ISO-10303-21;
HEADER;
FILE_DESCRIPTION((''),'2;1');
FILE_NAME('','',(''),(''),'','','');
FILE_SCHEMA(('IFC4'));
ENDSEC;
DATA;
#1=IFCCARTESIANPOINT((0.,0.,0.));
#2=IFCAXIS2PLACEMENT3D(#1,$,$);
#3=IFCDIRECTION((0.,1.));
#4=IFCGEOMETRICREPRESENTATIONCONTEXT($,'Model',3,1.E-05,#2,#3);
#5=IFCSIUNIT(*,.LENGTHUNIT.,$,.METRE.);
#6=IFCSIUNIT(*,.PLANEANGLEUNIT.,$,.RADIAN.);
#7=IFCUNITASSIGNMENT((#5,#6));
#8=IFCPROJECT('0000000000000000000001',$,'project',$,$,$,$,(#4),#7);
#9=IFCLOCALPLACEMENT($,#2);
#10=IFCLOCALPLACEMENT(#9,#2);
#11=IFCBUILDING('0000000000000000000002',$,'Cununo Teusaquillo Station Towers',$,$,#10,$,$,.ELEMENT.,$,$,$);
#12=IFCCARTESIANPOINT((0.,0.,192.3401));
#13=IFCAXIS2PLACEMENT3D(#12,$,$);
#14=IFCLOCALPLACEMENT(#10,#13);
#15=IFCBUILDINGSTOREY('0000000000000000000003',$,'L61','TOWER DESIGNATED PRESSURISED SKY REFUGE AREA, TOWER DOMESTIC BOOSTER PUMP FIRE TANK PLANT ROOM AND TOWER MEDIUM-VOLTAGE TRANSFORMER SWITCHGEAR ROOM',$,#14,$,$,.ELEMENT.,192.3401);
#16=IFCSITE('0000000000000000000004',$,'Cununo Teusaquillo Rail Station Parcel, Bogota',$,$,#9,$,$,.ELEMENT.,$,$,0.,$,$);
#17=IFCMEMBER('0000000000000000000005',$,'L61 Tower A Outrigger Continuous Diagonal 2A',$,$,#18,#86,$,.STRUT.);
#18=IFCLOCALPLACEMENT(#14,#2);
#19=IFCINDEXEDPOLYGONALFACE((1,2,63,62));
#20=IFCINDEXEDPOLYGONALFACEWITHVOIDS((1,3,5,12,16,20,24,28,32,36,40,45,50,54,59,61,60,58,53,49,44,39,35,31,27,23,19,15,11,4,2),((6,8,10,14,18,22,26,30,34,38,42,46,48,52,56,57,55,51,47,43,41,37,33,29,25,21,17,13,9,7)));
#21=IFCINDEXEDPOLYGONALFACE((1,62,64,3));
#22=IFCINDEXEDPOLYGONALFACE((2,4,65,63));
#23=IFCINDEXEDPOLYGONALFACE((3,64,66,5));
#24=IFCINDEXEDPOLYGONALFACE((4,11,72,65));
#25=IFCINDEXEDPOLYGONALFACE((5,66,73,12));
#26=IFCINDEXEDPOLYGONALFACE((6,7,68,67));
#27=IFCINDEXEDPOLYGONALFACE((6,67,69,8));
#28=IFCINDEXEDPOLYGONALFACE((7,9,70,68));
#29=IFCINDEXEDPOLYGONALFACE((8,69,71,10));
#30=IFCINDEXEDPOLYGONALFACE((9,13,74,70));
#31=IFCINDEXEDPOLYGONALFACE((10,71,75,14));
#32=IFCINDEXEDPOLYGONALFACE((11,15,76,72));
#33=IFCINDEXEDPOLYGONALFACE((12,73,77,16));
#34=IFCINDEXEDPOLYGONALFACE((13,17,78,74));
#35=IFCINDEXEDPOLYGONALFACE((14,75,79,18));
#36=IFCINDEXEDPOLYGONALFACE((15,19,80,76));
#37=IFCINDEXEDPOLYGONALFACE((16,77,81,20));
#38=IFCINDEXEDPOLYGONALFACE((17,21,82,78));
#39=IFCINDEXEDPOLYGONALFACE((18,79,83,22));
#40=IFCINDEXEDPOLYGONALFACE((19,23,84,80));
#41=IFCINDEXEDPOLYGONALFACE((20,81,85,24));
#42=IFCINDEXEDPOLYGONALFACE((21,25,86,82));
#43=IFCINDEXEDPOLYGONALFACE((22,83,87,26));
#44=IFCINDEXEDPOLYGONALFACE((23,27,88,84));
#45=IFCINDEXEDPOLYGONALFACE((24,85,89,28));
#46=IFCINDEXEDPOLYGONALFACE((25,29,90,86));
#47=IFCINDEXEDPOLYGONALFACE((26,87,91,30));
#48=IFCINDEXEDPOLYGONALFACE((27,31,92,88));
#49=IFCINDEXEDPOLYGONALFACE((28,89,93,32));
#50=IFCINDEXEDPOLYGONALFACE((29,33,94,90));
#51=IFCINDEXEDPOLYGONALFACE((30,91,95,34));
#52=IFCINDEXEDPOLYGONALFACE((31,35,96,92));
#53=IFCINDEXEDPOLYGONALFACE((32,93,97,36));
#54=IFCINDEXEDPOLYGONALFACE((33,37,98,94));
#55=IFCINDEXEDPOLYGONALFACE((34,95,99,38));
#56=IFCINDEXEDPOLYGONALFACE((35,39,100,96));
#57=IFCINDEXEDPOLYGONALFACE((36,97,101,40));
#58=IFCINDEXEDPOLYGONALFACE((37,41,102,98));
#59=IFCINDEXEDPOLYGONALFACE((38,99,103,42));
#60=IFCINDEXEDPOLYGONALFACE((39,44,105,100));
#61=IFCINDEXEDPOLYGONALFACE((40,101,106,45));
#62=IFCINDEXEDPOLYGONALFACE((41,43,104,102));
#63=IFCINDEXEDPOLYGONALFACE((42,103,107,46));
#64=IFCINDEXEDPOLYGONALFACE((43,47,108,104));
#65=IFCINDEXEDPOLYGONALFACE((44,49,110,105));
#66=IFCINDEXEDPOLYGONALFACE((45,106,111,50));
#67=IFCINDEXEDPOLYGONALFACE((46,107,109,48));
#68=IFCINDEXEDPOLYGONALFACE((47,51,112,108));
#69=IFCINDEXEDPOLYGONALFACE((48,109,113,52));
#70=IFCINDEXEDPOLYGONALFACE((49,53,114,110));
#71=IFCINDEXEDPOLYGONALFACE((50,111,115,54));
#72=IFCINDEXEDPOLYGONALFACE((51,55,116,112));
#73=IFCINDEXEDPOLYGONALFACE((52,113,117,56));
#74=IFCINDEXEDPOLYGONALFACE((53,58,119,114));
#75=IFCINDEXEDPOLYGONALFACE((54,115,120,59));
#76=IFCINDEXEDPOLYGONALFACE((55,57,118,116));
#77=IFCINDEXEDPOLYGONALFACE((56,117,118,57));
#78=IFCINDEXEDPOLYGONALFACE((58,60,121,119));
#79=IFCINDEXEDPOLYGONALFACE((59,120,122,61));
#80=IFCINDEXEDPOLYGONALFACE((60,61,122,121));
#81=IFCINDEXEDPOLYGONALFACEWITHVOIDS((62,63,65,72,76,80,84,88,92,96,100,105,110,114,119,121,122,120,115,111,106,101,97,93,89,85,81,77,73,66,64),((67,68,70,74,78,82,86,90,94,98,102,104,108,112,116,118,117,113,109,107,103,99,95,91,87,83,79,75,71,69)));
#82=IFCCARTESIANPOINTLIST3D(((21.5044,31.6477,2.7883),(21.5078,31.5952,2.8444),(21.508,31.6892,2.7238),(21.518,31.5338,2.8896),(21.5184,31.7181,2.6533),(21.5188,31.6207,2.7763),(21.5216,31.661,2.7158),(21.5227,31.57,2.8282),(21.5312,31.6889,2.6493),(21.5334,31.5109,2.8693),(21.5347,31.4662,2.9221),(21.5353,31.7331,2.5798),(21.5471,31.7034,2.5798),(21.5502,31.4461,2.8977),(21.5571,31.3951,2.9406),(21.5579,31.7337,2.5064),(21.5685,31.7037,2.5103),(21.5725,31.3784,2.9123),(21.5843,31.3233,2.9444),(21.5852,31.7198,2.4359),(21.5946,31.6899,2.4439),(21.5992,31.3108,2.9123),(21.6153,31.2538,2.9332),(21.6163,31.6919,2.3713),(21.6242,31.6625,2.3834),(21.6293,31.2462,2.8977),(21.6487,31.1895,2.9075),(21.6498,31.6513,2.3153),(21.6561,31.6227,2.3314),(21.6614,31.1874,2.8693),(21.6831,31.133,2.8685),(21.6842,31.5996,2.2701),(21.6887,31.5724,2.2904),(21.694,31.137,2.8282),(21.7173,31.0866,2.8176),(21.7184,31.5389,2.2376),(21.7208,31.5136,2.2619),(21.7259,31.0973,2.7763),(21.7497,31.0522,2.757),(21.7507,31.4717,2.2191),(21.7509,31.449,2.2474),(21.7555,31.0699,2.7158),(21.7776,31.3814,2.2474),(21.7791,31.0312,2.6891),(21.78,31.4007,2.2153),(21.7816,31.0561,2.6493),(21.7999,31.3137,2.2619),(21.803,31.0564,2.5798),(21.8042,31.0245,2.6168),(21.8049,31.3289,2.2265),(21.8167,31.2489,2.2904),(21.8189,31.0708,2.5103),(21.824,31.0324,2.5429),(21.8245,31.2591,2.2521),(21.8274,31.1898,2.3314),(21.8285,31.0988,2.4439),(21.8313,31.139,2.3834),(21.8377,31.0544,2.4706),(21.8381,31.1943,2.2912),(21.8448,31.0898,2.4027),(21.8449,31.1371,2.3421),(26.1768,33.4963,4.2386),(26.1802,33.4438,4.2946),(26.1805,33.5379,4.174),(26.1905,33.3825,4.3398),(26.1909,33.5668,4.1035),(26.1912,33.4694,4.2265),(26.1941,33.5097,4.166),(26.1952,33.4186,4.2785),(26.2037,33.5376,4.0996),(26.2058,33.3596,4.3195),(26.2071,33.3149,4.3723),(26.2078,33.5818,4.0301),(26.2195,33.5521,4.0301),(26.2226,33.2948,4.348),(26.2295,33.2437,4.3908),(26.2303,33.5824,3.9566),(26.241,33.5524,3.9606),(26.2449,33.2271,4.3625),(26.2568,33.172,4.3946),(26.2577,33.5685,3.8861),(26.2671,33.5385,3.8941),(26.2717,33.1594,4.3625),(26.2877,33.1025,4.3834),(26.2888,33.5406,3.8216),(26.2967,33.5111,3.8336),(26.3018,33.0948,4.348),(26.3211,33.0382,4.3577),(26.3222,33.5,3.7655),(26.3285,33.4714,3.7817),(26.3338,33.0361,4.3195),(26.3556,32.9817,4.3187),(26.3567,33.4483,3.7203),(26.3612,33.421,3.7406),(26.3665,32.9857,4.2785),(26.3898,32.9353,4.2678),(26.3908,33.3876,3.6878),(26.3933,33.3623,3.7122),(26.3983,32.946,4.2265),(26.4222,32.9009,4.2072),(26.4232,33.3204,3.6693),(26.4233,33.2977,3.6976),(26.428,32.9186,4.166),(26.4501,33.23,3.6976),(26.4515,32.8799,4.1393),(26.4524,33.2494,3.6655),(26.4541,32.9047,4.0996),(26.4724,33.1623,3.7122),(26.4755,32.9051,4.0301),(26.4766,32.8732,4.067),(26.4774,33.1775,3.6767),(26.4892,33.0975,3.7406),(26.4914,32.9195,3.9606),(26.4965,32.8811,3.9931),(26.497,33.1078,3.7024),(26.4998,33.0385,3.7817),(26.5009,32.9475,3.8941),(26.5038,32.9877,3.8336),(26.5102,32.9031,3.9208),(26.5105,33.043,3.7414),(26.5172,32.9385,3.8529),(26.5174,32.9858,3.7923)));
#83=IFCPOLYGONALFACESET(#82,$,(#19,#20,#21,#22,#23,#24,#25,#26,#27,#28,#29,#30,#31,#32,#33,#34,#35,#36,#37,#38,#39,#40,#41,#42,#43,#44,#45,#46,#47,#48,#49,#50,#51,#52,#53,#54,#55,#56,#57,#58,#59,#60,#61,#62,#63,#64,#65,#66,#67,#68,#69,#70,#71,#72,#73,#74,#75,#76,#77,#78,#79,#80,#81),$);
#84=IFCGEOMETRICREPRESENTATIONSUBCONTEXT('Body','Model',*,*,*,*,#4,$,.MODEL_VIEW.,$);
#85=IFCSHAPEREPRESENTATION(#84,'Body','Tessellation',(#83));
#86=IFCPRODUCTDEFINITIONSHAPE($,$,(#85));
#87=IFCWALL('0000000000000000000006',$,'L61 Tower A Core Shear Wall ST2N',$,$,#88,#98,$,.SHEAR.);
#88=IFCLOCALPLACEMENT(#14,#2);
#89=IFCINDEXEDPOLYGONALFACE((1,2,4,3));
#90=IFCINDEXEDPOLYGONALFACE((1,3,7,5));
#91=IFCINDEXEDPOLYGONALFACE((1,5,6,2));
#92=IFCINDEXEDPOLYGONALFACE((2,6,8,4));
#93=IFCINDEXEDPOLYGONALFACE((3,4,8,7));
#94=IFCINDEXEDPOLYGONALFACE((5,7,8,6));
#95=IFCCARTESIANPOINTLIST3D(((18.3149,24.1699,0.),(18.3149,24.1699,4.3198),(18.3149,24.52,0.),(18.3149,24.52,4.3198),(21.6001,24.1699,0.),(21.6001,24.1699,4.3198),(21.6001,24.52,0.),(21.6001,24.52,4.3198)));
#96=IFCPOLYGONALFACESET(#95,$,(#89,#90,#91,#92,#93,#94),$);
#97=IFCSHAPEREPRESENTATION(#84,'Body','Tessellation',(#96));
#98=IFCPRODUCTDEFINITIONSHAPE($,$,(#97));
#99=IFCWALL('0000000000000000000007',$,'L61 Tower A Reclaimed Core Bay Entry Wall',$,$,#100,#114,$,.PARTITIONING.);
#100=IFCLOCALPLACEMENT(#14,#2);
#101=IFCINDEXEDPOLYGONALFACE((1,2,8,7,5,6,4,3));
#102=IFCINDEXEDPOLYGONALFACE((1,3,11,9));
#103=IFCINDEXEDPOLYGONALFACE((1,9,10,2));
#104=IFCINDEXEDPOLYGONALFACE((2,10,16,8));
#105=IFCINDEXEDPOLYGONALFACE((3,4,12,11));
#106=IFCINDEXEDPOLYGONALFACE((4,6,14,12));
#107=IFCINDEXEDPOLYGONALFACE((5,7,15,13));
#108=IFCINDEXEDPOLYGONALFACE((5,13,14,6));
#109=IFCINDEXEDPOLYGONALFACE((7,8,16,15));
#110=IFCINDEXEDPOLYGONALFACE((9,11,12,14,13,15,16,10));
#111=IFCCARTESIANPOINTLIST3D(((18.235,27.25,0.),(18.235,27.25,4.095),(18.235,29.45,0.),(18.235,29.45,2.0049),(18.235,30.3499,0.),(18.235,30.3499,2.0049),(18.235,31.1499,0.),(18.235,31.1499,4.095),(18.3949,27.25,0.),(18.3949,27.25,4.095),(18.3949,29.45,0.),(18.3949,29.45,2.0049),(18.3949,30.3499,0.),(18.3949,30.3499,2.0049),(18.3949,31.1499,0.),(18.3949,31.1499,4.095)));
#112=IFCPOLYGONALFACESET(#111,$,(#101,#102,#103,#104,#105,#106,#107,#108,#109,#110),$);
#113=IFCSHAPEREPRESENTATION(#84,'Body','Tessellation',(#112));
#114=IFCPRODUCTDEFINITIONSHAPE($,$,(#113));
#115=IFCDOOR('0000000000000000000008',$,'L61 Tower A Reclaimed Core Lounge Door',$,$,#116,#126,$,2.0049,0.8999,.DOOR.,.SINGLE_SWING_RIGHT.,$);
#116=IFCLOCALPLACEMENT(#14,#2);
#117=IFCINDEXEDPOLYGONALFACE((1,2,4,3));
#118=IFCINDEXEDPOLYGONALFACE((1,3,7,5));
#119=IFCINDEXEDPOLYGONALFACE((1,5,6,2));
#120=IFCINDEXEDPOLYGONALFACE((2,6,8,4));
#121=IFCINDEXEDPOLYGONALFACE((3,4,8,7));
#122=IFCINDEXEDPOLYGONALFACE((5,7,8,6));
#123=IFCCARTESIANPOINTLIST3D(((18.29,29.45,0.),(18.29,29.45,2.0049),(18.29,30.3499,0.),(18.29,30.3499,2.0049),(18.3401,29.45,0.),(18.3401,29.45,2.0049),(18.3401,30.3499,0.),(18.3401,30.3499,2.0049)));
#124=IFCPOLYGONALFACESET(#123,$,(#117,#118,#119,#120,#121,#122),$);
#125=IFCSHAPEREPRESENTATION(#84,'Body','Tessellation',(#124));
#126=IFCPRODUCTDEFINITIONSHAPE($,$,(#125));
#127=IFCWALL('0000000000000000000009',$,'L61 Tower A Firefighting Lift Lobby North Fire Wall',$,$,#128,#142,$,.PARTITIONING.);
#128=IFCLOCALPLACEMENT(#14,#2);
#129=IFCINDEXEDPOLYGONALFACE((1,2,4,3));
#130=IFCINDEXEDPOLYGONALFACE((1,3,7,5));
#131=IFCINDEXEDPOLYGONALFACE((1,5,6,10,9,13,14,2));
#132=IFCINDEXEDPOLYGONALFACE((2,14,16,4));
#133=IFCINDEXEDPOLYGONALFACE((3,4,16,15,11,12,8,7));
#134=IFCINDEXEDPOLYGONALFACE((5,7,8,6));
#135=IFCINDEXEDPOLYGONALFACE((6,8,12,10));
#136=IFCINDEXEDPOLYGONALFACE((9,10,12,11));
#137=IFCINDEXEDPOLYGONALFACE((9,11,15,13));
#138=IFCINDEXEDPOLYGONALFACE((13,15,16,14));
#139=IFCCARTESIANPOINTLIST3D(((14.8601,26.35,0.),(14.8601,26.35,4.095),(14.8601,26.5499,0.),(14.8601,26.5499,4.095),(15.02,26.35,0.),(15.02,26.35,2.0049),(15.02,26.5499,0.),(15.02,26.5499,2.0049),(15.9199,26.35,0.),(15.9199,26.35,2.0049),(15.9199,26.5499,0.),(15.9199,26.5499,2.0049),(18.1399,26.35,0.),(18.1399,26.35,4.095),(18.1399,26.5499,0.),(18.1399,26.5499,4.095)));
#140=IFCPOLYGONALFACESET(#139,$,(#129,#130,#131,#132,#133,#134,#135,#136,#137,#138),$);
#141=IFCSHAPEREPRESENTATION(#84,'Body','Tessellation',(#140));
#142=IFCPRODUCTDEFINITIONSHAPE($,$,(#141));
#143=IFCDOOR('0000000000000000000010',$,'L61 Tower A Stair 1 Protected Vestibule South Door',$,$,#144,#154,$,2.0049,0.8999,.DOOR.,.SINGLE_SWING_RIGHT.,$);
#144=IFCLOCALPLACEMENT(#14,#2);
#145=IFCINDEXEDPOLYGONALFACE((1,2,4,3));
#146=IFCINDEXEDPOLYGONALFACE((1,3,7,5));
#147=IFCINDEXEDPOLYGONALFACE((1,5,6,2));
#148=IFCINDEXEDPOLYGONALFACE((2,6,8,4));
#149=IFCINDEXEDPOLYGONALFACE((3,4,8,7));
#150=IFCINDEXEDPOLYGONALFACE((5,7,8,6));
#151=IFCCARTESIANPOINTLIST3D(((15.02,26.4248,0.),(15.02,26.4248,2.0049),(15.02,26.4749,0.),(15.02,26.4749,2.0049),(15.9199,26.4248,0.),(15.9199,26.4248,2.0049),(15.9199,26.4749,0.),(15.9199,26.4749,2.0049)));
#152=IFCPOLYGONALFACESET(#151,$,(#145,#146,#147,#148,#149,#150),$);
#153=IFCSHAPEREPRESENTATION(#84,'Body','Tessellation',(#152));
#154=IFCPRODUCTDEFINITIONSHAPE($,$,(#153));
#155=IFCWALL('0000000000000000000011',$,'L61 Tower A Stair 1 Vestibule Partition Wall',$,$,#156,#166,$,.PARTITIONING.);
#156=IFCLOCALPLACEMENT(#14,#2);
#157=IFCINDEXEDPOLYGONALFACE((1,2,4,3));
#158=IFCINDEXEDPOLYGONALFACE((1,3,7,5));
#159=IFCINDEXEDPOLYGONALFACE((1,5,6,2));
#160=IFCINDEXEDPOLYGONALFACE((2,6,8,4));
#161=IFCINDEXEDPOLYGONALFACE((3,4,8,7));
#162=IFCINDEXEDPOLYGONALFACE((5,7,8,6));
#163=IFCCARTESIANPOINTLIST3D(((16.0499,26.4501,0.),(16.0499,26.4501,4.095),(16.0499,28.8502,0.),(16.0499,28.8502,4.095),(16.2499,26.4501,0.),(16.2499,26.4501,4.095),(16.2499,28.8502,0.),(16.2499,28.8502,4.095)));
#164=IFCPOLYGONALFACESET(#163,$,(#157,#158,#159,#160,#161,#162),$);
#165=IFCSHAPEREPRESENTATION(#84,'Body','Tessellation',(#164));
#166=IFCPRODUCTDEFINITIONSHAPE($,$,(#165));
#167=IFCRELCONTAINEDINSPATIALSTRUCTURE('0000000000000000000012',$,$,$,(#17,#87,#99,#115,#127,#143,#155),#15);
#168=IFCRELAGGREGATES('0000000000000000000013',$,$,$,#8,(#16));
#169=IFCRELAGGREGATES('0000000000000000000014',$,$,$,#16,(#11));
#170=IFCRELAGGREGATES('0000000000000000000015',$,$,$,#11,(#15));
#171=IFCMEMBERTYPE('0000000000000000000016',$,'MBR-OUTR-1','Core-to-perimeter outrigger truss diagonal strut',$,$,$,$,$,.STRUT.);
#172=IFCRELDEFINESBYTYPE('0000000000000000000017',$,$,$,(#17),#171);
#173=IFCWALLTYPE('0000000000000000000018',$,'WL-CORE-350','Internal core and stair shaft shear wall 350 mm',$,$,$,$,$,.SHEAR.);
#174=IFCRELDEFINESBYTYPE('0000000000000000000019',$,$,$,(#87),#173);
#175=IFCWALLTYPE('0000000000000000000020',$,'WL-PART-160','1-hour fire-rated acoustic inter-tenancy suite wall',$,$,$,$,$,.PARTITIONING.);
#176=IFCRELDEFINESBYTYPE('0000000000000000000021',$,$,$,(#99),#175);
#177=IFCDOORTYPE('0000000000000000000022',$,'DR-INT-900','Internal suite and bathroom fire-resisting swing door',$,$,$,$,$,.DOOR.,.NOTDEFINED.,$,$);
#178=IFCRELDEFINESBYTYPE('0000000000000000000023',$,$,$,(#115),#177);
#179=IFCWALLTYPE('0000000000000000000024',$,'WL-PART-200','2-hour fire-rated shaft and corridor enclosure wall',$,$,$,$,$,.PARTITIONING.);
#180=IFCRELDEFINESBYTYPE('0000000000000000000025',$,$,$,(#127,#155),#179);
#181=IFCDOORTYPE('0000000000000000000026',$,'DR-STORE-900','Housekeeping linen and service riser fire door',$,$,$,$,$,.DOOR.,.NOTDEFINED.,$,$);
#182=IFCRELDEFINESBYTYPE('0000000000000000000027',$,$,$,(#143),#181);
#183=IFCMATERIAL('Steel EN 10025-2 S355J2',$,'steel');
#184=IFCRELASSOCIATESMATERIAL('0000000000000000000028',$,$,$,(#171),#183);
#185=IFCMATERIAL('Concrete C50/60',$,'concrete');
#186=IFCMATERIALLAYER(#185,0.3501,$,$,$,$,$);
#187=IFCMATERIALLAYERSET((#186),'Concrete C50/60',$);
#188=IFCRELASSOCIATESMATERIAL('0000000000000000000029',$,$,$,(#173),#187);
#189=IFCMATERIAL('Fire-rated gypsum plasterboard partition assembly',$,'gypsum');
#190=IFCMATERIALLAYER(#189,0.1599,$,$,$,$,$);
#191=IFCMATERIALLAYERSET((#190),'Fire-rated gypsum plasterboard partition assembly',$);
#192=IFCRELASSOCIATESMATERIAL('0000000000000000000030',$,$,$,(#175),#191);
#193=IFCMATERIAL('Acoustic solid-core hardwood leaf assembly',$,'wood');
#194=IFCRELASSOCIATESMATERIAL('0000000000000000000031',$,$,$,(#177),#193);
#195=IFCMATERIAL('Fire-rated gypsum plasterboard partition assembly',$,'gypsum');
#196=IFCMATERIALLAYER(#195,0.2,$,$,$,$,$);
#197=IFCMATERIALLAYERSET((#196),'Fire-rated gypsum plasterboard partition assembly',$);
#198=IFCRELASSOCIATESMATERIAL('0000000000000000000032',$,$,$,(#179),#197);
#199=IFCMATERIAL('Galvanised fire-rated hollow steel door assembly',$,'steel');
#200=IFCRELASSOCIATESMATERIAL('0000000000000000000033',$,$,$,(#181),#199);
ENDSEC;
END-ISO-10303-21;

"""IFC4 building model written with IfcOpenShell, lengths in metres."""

from ifc_helpers import new_model, si_unit, direction, frame, frame_2d, origin, origin_2d, place, context, subcontext, project, spatial, rectangle, hollow_circle, extrude, source, transform, mapped, material, layer, layer_set, material_profile, profile_set, type_object, element, fill, save


model = new_model("IFC4")

# Units and contexts
model_context = context("Model", 3, precision=1e-05, world=origin(), true_north=direction((0.0, 1.0)))
body_context = subcontext(model_context, "Body", "Model", "MODEL_VIEW")
ifc_project = project(units=[si_unit("LENGTHUNIT", "METRE"), si_unit("PLANEANGLEUNIT", "RADIAN")], contexts=[model_context])

# Site, building, storey
site_placement = place(None, origin())
site = spatial("IfcSite", under=ifc_project, at=site_placement, Name="Cununo Teusaquillo Rail Station Parcel, Bogota", CompositionType="ELEMENT", RefElevation=0.0)
building_placement = place(site_placement, origin())
building = spatial("IfcBuilding", under=site, at=building_placement, Name="Cununo Teusaquillo Station Towers", CompositionType="ELEMENT")
storey_placement = place(building_placement, frame((0.0, 0.0, 192.3401)))
storey = spatial("IfcBuildingStorey", under=building, at=storey_placement, Name="L61", Description="TOWER DESIGNATED PRESSURISED SKY REFUGE AREA, TOWER DOMESTIC BOOSTER PUMP FIRE TANK PLANT ROOM AND TOWER MEDIUM-VOLTAGE TRANSFORMER SWITCHGEAR ROOM", CompositionType="ELEMENT", Elevation=192.3401)

# Member
ifc_material_1 = material(Name="Steel EN 10025-2 S355J2", Category="steel")
ifc_material_profile_1 = material_profile(ifc_material_1, hollow_circle(Radius=0.3799, WallThickness=0.032, at=origin_2d()), Name="CHS 760x32")
ifc_profile_set_1 = profile_set([ifc_material_profile_1], Name="Steel EN 10025-2 S355J2")
member_type = type_object("IfcMemberType", Name="MBR-OUTR-1", Description="Core-to-perimeter outrigger truss diagonal strut", PredefinedType="STRUT", material=ifc_profile_set_1)
member_placement = place(storey_placement, frame((21.675, 31.3799, 2.5798), z_axis=(0.8934, 0.353476, 0.277291), x_axis=(-0.367903, 0.929864, 0.0)))
element("IfcMember", 1, at=member_placement, inside=storey, type_object=member_type, Name="L61 Tower A Outrigger Continuous Diagonal 2A", PredefinedType="STRUT", context=body_context, shape_type="SweptSolid", body=[
    extrude(hollow_circle(Radius=0.3799, WallThickness=0.032, at=origin_2d()), origin(), (0.0, 0.0, 1.0), 5.23),
])

# Wall
ifc_material_2 = material(Name="Concrete C50/60", Category="concrete")
ifc_layer_1 = layer(ifc_material_2, 0.3501)
ifc_layer_set_1 = layer_set([ifc_layer_1], Name="Concrete C50/60")
wall_type_1 = type_object("IfcWallType", Name="WL-CORE-350", Description="Internal core and stair shaft shear wall 350 mm", PredefinedType="SHEAR", material=ifc_layer_set_1)
wall_1_placement = place(storey_placement, frame((18.3149, 24.345, 0.0), z_axis=(0.0, 0.0, 1.0), x_axis=(1.0, 0.0, 0.0)))
element("IfcWall", 2, at=wall_1_placement, inside=storey, type_object=wall_type_1, Name="L61 Tower A Core Shear Wall ST2N", PredefinedType="SHEAR", context=body_context, shape_type="SweptSolid", body=[
    extrude(rectangle(XDim=3.2852, YDim=0.3501, at=frame_2d((1.6426, 0.0))), origin(), (0.0, 0.0, 1.0), 4.3198),
])

# Walls, openings, doors
ifc_material_3 = material(Name="Fire-rated gypsum plasterboard partition assembly", Category="gypsum")
ifc_layer_2 = layer(ifc_material_3, 0.1599)
ifc_layer_set_2 = layer_set([ifc_layer_2], Name="Fire-rated gypsum plasterboard partition assembly")
wall_type_2 = type_object("IfcWallType", Name="WL-PART-160", Description="1-hour fire-rated acoustic inter-tenancy suite wall", PredefinedType="PARTITIONING", material=ifc_layer_set_2)
wall_2_placement = place(storey_placement, frame((18.3149, 27.25, 0.0), z_axis=(0.0, 0.0, 1.0), x_axis=(0.0, 1.0, 0.0)))
wall_2 = element("IfcWall", 3, at=wall_2_placement, inside=storey, type_object=wall_type_2, Name="L61 Tower A Reclaimed Core Bay Entry Wall", PredefinedType="PARTITIONING", context=body_context, shape_type="SweptSolid", body=[
    extrude(rectangle(XDim=3.8999, YDim=0.1599, at=frame_2d((1.95, 0.0))), origin(), (0.0, 0.0, 1.0), 4.095),
])
shared_shape_1 = source(origin(), body_context, "Body", "SweptSolid", [
    extrude(rectangle(XDim=0.8999, YDim=2.0049, at=frame_2d((0.45, 1.0024))), frame((0.0, 0.0898, 0.0), z_axis=(0.0, -1.0, 0.0), x_axis=(1.0, 0.0, 0.0)), (0.0, 0.0, 1.0), 0.1799),
])
opening_1_placement = place(wall_2_placement, frame((2.2, 0.0, 0.0)))
opening_1 = element("IfcOpeningElement", 4, at=opening_1_placement, cuts=wall_2, PredefinedType="OPENING", context=body_context, shape_type="MappedRepresentation", body=[
    mapped(shared_shape_1, transform((0.0, 0.0, 0.0), x_axis=(1.0, 0.0, 0.0), y_axis=(0.0, 1.0, 0.0), z_axis=(0.0, 0.0, 1.0), scale=1.0)),
])
ifc_material_4 = material(Name="Acoustic solid-core hardwood leaf assembly", Category="wood")
door_type_1 = type_object("IfcDoorType", Name="DR-INT-900", Description="Internal suite and bathroom fire-resisting swing door", OperationType="NOTDEFINED", PredefinedType="DOOR", material=ifc_material_4)
shared_shape_2 = source(origin(), body_context, "Body", "SweptSolid", [
    extrude(rectangle(XDim=0.8999, YDim=2.0049, at=frame_2d((0.45, 1.0024))), frame((0.0, 0.0249, 0.0), z_axis=(0.0, -1.0, 0.0), x_axis=(1.0, 0.0, 0.0)), (0.0, 0.0, 1.0), 0.05),
])
door_1_placement = place(opening_1_placement, origin())
door_1 = element("IfcDoor", 5, at=door_1_placement, inside=storey, type_object=door_type_1, Name="L61 Tower A Reclaimed Core Lounge Door", OperationType="SINGLE_SWING_RIGHT", OverallHeight=2.0049, OverallWidth=0.8999, PredefinedType="DOOR", context=body_context, shape_type="MappedRepresentation", body=[
    mapped(shared_shape_2, transform((0.0, 0.0, 0.0), x_axis=(1.0, 0.0, 0.0), y_axis=(0.0, 1.0, 0.0), z_axis=(0.0, 0.0, 1.0), scale=1.0)),
])
fill(opening_1, door_1)
ifc_material_5 = material(Name="Fire-rated gypsum plasterboard partition assembly", Category="gypsum")
ifc_layer_3 = layer(ifc_material_5, 0.2)
ifc_layer_set_3 = layer_set([ifc_layer_3], Name="Fire-rated gypsum plasterboard partition assembly")
wall_type_3 = type_object("IfcWallType", Name="WL-PART-200", Description="2-hour fire-rated shaft and corridor enclosure wall", PredefinedType="PARTITIONING", material=ifc_layer_set_3)
wall_3_placement = place(storey_placement, frame((14.8601, 26.45, 0.0), z_axis=(0.0, 0.0, 1.0), x_axis=(1.0, 0.0, 0.0)))
wall_3 = element("IfcWall", 6, at=wall_3_placement, inside=storey, type_object=wall_type_3, Name="L61 Tower A Firefighting Lift Lobby North Fire Wall", PredefinedType="PARTITIONING", context=body_context, shape_type="SweptSolid", body=[
    extrude(rectangle(XDim=3.2798, YDim=0.2, at=frame_2d((1.6399, 0.0))), origin(), (0.0, 0.0, 1.0), 4.095),
])
shared_shape_3 = source(origin(), body_context, "Body", "SweptSolid", [
    extrude(rectangle(XDim=0.8999, YDim=2.0049, at=frame_2d((0.45, 1.0024))), frame((0.0, 0.1099, 0.0), z_axis=(0.0, -1.0, 0.0), x_axis=(1.0, 0.0, 0.0)), (0.0, 0.0, 1.0), 0.22),
])
opening_2_placement = place(wall_3_placement, frame((0.1599, 0.0, 0.0)))
opening_2 = element("IfcOpeningElement", 7, at=opening_2_placement, cuts=wall_3, PredefinedType="OPENING", context=body_context, shape_type="MappedRepresentation", body=[
    mapped(shared_shape_3, transform((0.0, 0.0, 0.0), x_axis=(1.0, 0.0, 0.0), y_axis=(0.0, 1.0, 0.0), z_axis=(0.0, 0.0, 1.0), scale=1.0)),
])
ifc_material_6 = material(Name="Galvanised fire-rated hollow steel door assembly", Category="steel")
door_type_2 = type_object("IfcDoorType", Name="DR-STORE-900", Description="Housekeeping linen and service riser fire door", OperationType="NOTDEFINED", PredefinedType="DOOR", material=ifc_material_6)
door_2_placement = place(opening_2_placement, origin())
door_2 = element("IfcDoor", 8, at=door_2_placement, inside=storey, type_object=door_type_2, Name="L61 Tower A Stair 1 Protected Vestibule South Door", OperationType="SINGLE_SWING_RIGHT", OverallHeight=2.0049, OverallWidth=0.8999, PredefinedType="DOOR", context=body_context, shape_type="MappedRepresentation", body=[
    mapped(shared_shape_2, transform((0.0, 0.0, 0.0), x_axis=(1.0, 0.0, 0.0), y_axis=(0.0, 1.0, 0.0), z_axis=(0.0, 0.0, 1.0), scale=1.0)),
])
fill(opening_2, door_2)

# Wall
wall_4_placement = place(storey_placement, frame((16.1499, 26.45, 0.0), z_axis=(0.0, 0.0, 1.0), x_axis=(0.0, 1.0, 0.0)))
element("IfcWall", 9, at=wall_4_placement, inside=storey, type_object=wall_type_3, Name="L61 Tower A Stair 1 Vestibule Partition Wall", PredefinedType="PARTITIONING", context=body_context, shape_type="SweptSolid", body=[
    extrude(rectangle(XDim=2.4001, YDim=0.2, at=frame_2d((1.2002, 0.0))), origin(), (0.0, 0.0, 1.0), 4.095),
])

save(model, "model.ifc")
